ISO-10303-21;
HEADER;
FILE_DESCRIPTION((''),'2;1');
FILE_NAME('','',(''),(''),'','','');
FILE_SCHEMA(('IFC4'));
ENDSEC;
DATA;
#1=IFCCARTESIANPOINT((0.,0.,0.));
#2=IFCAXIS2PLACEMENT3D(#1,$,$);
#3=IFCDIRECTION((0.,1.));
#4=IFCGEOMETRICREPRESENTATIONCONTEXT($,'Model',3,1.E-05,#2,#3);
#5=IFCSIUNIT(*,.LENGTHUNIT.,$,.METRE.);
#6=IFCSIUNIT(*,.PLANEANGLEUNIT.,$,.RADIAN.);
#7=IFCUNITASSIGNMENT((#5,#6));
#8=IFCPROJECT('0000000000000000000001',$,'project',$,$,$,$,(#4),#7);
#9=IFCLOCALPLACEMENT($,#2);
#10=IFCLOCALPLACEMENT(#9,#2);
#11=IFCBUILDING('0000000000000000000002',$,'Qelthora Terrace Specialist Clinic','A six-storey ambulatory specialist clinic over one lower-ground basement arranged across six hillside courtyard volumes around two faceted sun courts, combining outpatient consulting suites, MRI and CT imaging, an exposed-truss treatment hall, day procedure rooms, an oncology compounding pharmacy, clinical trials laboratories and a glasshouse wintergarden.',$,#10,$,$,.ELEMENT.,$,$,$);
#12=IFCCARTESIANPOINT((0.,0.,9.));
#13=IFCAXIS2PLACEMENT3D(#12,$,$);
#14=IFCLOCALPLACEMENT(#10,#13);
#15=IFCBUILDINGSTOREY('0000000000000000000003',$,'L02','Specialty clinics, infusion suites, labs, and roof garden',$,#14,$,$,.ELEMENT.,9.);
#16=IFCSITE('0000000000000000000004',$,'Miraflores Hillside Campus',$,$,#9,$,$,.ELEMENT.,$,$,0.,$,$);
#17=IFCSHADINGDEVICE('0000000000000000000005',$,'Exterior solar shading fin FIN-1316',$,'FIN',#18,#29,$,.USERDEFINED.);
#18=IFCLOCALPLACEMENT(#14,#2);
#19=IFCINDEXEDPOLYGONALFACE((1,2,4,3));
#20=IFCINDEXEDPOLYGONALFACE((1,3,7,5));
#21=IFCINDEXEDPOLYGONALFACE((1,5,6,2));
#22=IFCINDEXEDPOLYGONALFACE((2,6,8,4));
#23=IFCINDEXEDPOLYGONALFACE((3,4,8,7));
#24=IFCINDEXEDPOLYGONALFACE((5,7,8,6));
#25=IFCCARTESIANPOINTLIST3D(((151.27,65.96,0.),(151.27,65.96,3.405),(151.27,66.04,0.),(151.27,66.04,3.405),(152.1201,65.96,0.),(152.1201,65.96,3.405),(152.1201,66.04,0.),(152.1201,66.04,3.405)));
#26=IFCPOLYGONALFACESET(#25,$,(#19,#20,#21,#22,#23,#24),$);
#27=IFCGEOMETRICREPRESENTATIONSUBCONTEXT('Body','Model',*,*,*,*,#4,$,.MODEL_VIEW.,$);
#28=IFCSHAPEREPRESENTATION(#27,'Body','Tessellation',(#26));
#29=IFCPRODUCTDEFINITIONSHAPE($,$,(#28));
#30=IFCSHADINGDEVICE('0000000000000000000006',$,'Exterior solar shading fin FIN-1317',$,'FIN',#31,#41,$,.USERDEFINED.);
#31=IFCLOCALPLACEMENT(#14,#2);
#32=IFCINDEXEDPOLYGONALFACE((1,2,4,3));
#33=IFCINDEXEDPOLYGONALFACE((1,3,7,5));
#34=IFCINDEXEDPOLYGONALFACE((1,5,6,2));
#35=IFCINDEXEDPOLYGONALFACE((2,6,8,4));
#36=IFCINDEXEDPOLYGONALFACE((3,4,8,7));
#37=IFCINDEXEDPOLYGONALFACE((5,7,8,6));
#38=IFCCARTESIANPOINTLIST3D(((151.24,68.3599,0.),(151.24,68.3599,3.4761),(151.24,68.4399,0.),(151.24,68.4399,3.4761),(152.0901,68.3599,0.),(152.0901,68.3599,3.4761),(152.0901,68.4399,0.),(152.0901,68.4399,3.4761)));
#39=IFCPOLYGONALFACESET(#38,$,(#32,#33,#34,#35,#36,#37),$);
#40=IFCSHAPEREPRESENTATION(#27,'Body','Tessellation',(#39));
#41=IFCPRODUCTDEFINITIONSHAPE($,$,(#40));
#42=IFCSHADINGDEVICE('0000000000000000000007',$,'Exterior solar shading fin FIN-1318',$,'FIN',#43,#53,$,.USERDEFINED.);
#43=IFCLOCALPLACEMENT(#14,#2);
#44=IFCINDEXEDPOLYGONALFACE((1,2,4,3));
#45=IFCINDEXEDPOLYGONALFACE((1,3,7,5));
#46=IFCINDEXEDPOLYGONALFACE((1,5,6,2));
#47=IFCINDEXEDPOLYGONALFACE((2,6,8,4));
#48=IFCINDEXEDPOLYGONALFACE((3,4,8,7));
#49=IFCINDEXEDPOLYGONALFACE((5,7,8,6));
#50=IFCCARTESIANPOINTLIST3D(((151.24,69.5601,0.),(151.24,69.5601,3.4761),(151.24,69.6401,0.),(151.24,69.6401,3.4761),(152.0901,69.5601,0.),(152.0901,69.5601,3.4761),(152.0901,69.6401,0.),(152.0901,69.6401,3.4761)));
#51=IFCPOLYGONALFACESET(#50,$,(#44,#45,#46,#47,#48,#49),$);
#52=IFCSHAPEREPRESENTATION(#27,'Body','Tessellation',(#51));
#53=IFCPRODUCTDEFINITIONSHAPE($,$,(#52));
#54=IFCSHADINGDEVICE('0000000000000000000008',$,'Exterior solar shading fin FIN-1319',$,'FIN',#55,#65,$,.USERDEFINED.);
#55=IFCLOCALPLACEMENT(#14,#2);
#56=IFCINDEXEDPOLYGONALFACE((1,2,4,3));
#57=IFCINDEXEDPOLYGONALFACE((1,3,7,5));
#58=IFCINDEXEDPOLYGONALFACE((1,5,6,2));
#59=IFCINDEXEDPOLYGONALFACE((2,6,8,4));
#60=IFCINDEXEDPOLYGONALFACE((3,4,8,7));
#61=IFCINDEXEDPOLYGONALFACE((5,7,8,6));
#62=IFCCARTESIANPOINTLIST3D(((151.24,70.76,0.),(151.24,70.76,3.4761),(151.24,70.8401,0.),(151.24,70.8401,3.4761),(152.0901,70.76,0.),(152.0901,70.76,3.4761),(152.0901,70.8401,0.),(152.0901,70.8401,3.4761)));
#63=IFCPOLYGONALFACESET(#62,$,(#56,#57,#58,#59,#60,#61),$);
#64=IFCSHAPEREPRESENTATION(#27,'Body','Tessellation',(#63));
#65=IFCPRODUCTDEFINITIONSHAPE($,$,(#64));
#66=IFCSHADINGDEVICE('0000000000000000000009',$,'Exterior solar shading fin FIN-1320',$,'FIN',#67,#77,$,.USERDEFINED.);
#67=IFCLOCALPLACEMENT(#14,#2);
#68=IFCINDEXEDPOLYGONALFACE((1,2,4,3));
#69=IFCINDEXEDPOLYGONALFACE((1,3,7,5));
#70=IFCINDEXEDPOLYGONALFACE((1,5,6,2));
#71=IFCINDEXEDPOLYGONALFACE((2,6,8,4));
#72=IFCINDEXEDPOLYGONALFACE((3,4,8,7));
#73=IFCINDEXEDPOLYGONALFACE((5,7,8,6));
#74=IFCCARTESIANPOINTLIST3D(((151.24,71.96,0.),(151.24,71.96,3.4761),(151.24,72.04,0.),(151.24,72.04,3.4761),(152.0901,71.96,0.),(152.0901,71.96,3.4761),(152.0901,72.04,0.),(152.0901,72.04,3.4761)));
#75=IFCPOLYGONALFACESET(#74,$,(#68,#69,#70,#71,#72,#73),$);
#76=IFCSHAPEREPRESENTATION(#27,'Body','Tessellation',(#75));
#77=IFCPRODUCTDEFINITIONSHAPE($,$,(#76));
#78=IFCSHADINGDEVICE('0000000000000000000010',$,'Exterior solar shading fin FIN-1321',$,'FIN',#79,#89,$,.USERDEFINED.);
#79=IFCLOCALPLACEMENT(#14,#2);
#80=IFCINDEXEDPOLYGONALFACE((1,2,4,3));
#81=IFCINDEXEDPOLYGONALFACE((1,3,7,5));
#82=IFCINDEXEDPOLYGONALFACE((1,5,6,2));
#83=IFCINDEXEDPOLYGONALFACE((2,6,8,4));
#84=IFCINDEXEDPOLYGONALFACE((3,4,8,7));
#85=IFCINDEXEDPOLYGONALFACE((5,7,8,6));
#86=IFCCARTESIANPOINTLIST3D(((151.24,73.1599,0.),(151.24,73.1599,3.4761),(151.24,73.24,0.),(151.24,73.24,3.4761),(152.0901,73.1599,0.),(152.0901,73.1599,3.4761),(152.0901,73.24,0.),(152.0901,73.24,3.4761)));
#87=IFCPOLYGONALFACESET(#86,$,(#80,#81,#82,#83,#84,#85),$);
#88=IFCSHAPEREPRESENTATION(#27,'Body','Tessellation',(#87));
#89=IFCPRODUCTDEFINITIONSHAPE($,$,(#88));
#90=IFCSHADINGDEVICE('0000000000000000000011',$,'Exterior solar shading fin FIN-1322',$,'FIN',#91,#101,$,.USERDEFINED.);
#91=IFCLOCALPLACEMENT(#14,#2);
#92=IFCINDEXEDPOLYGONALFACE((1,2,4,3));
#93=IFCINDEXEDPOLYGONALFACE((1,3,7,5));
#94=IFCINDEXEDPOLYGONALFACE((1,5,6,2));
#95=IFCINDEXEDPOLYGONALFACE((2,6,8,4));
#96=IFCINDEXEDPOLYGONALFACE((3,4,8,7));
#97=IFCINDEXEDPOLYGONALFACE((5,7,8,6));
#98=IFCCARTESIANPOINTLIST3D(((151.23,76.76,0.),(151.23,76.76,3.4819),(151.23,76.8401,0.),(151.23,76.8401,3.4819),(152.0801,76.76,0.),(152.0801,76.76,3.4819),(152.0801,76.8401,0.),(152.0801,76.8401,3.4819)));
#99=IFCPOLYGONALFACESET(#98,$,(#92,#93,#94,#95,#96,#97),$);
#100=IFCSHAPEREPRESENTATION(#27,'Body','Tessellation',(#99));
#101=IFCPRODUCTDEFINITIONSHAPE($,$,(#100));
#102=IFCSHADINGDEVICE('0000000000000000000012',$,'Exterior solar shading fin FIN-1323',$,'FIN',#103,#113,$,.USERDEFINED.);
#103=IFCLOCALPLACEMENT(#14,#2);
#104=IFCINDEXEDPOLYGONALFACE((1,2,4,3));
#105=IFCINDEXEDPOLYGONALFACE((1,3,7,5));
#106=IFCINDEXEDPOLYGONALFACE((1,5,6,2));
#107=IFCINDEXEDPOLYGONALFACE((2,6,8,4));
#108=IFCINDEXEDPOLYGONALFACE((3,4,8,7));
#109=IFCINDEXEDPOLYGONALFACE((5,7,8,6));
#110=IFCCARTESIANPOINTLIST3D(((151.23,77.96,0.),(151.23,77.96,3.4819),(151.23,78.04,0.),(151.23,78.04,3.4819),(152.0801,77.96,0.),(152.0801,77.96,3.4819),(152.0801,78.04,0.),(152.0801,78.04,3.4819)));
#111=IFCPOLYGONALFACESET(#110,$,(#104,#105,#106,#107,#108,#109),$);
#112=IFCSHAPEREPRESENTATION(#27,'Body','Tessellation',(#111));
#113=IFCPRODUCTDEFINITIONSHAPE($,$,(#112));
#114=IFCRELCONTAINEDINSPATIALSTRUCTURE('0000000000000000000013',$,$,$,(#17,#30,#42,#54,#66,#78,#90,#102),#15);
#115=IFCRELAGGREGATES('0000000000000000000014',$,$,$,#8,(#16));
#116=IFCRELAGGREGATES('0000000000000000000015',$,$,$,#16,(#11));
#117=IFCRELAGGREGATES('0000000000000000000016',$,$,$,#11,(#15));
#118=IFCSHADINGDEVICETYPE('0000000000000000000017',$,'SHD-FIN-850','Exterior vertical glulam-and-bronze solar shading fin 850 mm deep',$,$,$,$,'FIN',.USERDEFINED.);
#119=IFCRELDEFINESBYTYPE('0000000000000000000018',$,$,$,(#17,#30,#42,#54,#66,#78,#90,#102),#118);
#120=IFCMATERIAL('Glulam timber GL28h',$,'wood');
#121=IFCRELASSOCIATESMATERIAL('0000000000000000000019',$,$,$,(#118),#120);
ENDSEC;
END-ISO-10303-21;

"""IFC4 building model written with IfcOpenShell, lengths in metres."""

from ifc_helpers import new_model, si_unit, direction, frame, origin, origin_2d, place, context, subcontext, project, spatial, rectangle, extrude, material, type_object, element, save


model = new_model("IFC4")

# Units and contexts
model_context = context("Model", 3, precision=1e-05, world=origin(), true_north=direction((0.0, 1.0)))
body_context = subcontext(model_context, "Body", "Model", "MODEL_VIEW")
ifc_project = project(units=[si_unit("LENGTHUNIT", "METRE"), si_unit("PLANEANGLEUNIT", "RADIAN")], contexts=[model_context])

# Site, building, storey
site_placement = place(None, origin())
site = spatial("IfcSite", under=ifc_project, at=site_placement, Name="Miraflores Hillside Campus", CompositionType="ELEMENT", RefElevation=0.0)
building_placement = place(site_placement, origin())
building = spatial("IfcBuilding", under=site, at=building_placement, Name="Qelthora Terrace Specialist Clinic", Description="A six-storey ambulatory specialist clinic over one lower-ground basement arranged across six hillside courtyard volumes around two faceted sun courts, combining outpatient consulting suites, MRI and CT imaging, an exposed-truss treatment hall, day procedure rooms, an oncology compounding pharmacy, clinical trials laboratories and a glasshouse wintergarden.", CompositionType="ELEMENT")
storey_placement = place(building_placement, frame((0.0, 0.0, 9.0)))
storey = spatial("IfcBuildingStorey", under=building, at=storey_placement, Name="L02", Description="Specialty clinics, infusion suites, labs, and roof garden", CompositionType="ELEMENT", Elevation=9.0)

# Shading devices
ifc_material_1 = material(Name="Glulam timber GL28h", Category="wood")
shading_device_type = type_object("IfcShadingDeviceType", Name="SHD-FIN-850", Description="Exterior vertical glulam-and-bronze solar shading fin 850 mm deep", ElementType="FIN", PredefinedType="USERDEFINED", material=ifc_material_1)
shading_device_placement = place(storey_placement, frame((151.6951, 66.0, 0.0), z_axis=(0.0, 0.0, 1.0), x_axis=(1.0, 0.0, 0.0)))
element("IfcShadingDevice", 1, at=shading_device_placement, inside=storey, type_object=shading_device_type, Name="Exterior solar shading fin FIN-1316", ObjectType="FIN", PredefinedType="USERDEFINED", context=body_context, shape_type="SweptSolid", body=[
    extrude(rectangle(XDim=0.8501, YDim=0.0801, at=origin_2d()), origin(), (0.0, 0.0, 1.0), 3.405),
])
for number, where, z_axis, x_axis, name in (
    (2, (151.665, 68.3999, 0.0), (0.0, 0.0, 1.0), (1.0, 0.0, 0.0), "Exterior solar shading fin FIN-1317"),
    (3, (151.665, 69.6001, 0.0), (0.0, 0.0, 1.0), (1.0, 0.0, 0.0), "Exterior solar shading fin FIN-1318"),
    (4, (151.665, 70.8, 0.0), (0.0, 0.0, 1.0), (1.0, 0.0, 0.0), "Exterior solar shading fin FIN-1319"),
    (5, (151.665, 72.0, 0.0), (0.0, 0.0, 1.0), (1.0, 0.0, 0.0), "Exterior solar shading fin FIN-1320"),
    (6, (151.665, 73.2, 0.0), (0.0, 0.0, 1.0), (1.0, 0.0, 0.0), "Exterior solar shading fin FIN-1321"),
):
    element("IfcShadingDevice", number, at=place(storey_placement, frame(where, z_axis=z_axis, x_axis=x_axis)), inside=storey, type_object=shading_device_type, Name=name, ObjectType="FIN", PredefinedType="USERDEFINED", context=body_context, shape_type="SweptSolid", body=[
        extrude(rectangle(XDim=0.8501, YDim=0.0801, at=origin_2d()), origin(), (0.0, 0.0, 1.0), 3.4761),
    ])
for number, where, z_axis, x_axis, name in (
    (7, (151.655, 76.8, 0.0), (0.0, 0.0, 1.0), (1.0, 0.0, 0.0), "Exterior solar shading fin FIN-1322"),
    (8, (151.655, 78.0, 0.0), (0.0, 0.0, 1.0), (1.0, 0.0, 0.0), "Exterior solar shading fin FIN-1323"),
):
    element("IfcShadingDevice", number, at=place(storey_placement, frame(where, z_axis=z_axis, x_axis=x_axis)), inside=storey, type_object=shading_device_type, Name=name, ObjectType="FIN", PredefinedType="USERDEFINED", context=body_context, shape_type="SweptSolid", body=[
        extrude(rectangle(XDim=0.8501, YDim=0.0801, at=origin_2d()), origin(), (0.0, 0.0, 1.0), 3.4819),
    ])

save(model, "model.ifc")
